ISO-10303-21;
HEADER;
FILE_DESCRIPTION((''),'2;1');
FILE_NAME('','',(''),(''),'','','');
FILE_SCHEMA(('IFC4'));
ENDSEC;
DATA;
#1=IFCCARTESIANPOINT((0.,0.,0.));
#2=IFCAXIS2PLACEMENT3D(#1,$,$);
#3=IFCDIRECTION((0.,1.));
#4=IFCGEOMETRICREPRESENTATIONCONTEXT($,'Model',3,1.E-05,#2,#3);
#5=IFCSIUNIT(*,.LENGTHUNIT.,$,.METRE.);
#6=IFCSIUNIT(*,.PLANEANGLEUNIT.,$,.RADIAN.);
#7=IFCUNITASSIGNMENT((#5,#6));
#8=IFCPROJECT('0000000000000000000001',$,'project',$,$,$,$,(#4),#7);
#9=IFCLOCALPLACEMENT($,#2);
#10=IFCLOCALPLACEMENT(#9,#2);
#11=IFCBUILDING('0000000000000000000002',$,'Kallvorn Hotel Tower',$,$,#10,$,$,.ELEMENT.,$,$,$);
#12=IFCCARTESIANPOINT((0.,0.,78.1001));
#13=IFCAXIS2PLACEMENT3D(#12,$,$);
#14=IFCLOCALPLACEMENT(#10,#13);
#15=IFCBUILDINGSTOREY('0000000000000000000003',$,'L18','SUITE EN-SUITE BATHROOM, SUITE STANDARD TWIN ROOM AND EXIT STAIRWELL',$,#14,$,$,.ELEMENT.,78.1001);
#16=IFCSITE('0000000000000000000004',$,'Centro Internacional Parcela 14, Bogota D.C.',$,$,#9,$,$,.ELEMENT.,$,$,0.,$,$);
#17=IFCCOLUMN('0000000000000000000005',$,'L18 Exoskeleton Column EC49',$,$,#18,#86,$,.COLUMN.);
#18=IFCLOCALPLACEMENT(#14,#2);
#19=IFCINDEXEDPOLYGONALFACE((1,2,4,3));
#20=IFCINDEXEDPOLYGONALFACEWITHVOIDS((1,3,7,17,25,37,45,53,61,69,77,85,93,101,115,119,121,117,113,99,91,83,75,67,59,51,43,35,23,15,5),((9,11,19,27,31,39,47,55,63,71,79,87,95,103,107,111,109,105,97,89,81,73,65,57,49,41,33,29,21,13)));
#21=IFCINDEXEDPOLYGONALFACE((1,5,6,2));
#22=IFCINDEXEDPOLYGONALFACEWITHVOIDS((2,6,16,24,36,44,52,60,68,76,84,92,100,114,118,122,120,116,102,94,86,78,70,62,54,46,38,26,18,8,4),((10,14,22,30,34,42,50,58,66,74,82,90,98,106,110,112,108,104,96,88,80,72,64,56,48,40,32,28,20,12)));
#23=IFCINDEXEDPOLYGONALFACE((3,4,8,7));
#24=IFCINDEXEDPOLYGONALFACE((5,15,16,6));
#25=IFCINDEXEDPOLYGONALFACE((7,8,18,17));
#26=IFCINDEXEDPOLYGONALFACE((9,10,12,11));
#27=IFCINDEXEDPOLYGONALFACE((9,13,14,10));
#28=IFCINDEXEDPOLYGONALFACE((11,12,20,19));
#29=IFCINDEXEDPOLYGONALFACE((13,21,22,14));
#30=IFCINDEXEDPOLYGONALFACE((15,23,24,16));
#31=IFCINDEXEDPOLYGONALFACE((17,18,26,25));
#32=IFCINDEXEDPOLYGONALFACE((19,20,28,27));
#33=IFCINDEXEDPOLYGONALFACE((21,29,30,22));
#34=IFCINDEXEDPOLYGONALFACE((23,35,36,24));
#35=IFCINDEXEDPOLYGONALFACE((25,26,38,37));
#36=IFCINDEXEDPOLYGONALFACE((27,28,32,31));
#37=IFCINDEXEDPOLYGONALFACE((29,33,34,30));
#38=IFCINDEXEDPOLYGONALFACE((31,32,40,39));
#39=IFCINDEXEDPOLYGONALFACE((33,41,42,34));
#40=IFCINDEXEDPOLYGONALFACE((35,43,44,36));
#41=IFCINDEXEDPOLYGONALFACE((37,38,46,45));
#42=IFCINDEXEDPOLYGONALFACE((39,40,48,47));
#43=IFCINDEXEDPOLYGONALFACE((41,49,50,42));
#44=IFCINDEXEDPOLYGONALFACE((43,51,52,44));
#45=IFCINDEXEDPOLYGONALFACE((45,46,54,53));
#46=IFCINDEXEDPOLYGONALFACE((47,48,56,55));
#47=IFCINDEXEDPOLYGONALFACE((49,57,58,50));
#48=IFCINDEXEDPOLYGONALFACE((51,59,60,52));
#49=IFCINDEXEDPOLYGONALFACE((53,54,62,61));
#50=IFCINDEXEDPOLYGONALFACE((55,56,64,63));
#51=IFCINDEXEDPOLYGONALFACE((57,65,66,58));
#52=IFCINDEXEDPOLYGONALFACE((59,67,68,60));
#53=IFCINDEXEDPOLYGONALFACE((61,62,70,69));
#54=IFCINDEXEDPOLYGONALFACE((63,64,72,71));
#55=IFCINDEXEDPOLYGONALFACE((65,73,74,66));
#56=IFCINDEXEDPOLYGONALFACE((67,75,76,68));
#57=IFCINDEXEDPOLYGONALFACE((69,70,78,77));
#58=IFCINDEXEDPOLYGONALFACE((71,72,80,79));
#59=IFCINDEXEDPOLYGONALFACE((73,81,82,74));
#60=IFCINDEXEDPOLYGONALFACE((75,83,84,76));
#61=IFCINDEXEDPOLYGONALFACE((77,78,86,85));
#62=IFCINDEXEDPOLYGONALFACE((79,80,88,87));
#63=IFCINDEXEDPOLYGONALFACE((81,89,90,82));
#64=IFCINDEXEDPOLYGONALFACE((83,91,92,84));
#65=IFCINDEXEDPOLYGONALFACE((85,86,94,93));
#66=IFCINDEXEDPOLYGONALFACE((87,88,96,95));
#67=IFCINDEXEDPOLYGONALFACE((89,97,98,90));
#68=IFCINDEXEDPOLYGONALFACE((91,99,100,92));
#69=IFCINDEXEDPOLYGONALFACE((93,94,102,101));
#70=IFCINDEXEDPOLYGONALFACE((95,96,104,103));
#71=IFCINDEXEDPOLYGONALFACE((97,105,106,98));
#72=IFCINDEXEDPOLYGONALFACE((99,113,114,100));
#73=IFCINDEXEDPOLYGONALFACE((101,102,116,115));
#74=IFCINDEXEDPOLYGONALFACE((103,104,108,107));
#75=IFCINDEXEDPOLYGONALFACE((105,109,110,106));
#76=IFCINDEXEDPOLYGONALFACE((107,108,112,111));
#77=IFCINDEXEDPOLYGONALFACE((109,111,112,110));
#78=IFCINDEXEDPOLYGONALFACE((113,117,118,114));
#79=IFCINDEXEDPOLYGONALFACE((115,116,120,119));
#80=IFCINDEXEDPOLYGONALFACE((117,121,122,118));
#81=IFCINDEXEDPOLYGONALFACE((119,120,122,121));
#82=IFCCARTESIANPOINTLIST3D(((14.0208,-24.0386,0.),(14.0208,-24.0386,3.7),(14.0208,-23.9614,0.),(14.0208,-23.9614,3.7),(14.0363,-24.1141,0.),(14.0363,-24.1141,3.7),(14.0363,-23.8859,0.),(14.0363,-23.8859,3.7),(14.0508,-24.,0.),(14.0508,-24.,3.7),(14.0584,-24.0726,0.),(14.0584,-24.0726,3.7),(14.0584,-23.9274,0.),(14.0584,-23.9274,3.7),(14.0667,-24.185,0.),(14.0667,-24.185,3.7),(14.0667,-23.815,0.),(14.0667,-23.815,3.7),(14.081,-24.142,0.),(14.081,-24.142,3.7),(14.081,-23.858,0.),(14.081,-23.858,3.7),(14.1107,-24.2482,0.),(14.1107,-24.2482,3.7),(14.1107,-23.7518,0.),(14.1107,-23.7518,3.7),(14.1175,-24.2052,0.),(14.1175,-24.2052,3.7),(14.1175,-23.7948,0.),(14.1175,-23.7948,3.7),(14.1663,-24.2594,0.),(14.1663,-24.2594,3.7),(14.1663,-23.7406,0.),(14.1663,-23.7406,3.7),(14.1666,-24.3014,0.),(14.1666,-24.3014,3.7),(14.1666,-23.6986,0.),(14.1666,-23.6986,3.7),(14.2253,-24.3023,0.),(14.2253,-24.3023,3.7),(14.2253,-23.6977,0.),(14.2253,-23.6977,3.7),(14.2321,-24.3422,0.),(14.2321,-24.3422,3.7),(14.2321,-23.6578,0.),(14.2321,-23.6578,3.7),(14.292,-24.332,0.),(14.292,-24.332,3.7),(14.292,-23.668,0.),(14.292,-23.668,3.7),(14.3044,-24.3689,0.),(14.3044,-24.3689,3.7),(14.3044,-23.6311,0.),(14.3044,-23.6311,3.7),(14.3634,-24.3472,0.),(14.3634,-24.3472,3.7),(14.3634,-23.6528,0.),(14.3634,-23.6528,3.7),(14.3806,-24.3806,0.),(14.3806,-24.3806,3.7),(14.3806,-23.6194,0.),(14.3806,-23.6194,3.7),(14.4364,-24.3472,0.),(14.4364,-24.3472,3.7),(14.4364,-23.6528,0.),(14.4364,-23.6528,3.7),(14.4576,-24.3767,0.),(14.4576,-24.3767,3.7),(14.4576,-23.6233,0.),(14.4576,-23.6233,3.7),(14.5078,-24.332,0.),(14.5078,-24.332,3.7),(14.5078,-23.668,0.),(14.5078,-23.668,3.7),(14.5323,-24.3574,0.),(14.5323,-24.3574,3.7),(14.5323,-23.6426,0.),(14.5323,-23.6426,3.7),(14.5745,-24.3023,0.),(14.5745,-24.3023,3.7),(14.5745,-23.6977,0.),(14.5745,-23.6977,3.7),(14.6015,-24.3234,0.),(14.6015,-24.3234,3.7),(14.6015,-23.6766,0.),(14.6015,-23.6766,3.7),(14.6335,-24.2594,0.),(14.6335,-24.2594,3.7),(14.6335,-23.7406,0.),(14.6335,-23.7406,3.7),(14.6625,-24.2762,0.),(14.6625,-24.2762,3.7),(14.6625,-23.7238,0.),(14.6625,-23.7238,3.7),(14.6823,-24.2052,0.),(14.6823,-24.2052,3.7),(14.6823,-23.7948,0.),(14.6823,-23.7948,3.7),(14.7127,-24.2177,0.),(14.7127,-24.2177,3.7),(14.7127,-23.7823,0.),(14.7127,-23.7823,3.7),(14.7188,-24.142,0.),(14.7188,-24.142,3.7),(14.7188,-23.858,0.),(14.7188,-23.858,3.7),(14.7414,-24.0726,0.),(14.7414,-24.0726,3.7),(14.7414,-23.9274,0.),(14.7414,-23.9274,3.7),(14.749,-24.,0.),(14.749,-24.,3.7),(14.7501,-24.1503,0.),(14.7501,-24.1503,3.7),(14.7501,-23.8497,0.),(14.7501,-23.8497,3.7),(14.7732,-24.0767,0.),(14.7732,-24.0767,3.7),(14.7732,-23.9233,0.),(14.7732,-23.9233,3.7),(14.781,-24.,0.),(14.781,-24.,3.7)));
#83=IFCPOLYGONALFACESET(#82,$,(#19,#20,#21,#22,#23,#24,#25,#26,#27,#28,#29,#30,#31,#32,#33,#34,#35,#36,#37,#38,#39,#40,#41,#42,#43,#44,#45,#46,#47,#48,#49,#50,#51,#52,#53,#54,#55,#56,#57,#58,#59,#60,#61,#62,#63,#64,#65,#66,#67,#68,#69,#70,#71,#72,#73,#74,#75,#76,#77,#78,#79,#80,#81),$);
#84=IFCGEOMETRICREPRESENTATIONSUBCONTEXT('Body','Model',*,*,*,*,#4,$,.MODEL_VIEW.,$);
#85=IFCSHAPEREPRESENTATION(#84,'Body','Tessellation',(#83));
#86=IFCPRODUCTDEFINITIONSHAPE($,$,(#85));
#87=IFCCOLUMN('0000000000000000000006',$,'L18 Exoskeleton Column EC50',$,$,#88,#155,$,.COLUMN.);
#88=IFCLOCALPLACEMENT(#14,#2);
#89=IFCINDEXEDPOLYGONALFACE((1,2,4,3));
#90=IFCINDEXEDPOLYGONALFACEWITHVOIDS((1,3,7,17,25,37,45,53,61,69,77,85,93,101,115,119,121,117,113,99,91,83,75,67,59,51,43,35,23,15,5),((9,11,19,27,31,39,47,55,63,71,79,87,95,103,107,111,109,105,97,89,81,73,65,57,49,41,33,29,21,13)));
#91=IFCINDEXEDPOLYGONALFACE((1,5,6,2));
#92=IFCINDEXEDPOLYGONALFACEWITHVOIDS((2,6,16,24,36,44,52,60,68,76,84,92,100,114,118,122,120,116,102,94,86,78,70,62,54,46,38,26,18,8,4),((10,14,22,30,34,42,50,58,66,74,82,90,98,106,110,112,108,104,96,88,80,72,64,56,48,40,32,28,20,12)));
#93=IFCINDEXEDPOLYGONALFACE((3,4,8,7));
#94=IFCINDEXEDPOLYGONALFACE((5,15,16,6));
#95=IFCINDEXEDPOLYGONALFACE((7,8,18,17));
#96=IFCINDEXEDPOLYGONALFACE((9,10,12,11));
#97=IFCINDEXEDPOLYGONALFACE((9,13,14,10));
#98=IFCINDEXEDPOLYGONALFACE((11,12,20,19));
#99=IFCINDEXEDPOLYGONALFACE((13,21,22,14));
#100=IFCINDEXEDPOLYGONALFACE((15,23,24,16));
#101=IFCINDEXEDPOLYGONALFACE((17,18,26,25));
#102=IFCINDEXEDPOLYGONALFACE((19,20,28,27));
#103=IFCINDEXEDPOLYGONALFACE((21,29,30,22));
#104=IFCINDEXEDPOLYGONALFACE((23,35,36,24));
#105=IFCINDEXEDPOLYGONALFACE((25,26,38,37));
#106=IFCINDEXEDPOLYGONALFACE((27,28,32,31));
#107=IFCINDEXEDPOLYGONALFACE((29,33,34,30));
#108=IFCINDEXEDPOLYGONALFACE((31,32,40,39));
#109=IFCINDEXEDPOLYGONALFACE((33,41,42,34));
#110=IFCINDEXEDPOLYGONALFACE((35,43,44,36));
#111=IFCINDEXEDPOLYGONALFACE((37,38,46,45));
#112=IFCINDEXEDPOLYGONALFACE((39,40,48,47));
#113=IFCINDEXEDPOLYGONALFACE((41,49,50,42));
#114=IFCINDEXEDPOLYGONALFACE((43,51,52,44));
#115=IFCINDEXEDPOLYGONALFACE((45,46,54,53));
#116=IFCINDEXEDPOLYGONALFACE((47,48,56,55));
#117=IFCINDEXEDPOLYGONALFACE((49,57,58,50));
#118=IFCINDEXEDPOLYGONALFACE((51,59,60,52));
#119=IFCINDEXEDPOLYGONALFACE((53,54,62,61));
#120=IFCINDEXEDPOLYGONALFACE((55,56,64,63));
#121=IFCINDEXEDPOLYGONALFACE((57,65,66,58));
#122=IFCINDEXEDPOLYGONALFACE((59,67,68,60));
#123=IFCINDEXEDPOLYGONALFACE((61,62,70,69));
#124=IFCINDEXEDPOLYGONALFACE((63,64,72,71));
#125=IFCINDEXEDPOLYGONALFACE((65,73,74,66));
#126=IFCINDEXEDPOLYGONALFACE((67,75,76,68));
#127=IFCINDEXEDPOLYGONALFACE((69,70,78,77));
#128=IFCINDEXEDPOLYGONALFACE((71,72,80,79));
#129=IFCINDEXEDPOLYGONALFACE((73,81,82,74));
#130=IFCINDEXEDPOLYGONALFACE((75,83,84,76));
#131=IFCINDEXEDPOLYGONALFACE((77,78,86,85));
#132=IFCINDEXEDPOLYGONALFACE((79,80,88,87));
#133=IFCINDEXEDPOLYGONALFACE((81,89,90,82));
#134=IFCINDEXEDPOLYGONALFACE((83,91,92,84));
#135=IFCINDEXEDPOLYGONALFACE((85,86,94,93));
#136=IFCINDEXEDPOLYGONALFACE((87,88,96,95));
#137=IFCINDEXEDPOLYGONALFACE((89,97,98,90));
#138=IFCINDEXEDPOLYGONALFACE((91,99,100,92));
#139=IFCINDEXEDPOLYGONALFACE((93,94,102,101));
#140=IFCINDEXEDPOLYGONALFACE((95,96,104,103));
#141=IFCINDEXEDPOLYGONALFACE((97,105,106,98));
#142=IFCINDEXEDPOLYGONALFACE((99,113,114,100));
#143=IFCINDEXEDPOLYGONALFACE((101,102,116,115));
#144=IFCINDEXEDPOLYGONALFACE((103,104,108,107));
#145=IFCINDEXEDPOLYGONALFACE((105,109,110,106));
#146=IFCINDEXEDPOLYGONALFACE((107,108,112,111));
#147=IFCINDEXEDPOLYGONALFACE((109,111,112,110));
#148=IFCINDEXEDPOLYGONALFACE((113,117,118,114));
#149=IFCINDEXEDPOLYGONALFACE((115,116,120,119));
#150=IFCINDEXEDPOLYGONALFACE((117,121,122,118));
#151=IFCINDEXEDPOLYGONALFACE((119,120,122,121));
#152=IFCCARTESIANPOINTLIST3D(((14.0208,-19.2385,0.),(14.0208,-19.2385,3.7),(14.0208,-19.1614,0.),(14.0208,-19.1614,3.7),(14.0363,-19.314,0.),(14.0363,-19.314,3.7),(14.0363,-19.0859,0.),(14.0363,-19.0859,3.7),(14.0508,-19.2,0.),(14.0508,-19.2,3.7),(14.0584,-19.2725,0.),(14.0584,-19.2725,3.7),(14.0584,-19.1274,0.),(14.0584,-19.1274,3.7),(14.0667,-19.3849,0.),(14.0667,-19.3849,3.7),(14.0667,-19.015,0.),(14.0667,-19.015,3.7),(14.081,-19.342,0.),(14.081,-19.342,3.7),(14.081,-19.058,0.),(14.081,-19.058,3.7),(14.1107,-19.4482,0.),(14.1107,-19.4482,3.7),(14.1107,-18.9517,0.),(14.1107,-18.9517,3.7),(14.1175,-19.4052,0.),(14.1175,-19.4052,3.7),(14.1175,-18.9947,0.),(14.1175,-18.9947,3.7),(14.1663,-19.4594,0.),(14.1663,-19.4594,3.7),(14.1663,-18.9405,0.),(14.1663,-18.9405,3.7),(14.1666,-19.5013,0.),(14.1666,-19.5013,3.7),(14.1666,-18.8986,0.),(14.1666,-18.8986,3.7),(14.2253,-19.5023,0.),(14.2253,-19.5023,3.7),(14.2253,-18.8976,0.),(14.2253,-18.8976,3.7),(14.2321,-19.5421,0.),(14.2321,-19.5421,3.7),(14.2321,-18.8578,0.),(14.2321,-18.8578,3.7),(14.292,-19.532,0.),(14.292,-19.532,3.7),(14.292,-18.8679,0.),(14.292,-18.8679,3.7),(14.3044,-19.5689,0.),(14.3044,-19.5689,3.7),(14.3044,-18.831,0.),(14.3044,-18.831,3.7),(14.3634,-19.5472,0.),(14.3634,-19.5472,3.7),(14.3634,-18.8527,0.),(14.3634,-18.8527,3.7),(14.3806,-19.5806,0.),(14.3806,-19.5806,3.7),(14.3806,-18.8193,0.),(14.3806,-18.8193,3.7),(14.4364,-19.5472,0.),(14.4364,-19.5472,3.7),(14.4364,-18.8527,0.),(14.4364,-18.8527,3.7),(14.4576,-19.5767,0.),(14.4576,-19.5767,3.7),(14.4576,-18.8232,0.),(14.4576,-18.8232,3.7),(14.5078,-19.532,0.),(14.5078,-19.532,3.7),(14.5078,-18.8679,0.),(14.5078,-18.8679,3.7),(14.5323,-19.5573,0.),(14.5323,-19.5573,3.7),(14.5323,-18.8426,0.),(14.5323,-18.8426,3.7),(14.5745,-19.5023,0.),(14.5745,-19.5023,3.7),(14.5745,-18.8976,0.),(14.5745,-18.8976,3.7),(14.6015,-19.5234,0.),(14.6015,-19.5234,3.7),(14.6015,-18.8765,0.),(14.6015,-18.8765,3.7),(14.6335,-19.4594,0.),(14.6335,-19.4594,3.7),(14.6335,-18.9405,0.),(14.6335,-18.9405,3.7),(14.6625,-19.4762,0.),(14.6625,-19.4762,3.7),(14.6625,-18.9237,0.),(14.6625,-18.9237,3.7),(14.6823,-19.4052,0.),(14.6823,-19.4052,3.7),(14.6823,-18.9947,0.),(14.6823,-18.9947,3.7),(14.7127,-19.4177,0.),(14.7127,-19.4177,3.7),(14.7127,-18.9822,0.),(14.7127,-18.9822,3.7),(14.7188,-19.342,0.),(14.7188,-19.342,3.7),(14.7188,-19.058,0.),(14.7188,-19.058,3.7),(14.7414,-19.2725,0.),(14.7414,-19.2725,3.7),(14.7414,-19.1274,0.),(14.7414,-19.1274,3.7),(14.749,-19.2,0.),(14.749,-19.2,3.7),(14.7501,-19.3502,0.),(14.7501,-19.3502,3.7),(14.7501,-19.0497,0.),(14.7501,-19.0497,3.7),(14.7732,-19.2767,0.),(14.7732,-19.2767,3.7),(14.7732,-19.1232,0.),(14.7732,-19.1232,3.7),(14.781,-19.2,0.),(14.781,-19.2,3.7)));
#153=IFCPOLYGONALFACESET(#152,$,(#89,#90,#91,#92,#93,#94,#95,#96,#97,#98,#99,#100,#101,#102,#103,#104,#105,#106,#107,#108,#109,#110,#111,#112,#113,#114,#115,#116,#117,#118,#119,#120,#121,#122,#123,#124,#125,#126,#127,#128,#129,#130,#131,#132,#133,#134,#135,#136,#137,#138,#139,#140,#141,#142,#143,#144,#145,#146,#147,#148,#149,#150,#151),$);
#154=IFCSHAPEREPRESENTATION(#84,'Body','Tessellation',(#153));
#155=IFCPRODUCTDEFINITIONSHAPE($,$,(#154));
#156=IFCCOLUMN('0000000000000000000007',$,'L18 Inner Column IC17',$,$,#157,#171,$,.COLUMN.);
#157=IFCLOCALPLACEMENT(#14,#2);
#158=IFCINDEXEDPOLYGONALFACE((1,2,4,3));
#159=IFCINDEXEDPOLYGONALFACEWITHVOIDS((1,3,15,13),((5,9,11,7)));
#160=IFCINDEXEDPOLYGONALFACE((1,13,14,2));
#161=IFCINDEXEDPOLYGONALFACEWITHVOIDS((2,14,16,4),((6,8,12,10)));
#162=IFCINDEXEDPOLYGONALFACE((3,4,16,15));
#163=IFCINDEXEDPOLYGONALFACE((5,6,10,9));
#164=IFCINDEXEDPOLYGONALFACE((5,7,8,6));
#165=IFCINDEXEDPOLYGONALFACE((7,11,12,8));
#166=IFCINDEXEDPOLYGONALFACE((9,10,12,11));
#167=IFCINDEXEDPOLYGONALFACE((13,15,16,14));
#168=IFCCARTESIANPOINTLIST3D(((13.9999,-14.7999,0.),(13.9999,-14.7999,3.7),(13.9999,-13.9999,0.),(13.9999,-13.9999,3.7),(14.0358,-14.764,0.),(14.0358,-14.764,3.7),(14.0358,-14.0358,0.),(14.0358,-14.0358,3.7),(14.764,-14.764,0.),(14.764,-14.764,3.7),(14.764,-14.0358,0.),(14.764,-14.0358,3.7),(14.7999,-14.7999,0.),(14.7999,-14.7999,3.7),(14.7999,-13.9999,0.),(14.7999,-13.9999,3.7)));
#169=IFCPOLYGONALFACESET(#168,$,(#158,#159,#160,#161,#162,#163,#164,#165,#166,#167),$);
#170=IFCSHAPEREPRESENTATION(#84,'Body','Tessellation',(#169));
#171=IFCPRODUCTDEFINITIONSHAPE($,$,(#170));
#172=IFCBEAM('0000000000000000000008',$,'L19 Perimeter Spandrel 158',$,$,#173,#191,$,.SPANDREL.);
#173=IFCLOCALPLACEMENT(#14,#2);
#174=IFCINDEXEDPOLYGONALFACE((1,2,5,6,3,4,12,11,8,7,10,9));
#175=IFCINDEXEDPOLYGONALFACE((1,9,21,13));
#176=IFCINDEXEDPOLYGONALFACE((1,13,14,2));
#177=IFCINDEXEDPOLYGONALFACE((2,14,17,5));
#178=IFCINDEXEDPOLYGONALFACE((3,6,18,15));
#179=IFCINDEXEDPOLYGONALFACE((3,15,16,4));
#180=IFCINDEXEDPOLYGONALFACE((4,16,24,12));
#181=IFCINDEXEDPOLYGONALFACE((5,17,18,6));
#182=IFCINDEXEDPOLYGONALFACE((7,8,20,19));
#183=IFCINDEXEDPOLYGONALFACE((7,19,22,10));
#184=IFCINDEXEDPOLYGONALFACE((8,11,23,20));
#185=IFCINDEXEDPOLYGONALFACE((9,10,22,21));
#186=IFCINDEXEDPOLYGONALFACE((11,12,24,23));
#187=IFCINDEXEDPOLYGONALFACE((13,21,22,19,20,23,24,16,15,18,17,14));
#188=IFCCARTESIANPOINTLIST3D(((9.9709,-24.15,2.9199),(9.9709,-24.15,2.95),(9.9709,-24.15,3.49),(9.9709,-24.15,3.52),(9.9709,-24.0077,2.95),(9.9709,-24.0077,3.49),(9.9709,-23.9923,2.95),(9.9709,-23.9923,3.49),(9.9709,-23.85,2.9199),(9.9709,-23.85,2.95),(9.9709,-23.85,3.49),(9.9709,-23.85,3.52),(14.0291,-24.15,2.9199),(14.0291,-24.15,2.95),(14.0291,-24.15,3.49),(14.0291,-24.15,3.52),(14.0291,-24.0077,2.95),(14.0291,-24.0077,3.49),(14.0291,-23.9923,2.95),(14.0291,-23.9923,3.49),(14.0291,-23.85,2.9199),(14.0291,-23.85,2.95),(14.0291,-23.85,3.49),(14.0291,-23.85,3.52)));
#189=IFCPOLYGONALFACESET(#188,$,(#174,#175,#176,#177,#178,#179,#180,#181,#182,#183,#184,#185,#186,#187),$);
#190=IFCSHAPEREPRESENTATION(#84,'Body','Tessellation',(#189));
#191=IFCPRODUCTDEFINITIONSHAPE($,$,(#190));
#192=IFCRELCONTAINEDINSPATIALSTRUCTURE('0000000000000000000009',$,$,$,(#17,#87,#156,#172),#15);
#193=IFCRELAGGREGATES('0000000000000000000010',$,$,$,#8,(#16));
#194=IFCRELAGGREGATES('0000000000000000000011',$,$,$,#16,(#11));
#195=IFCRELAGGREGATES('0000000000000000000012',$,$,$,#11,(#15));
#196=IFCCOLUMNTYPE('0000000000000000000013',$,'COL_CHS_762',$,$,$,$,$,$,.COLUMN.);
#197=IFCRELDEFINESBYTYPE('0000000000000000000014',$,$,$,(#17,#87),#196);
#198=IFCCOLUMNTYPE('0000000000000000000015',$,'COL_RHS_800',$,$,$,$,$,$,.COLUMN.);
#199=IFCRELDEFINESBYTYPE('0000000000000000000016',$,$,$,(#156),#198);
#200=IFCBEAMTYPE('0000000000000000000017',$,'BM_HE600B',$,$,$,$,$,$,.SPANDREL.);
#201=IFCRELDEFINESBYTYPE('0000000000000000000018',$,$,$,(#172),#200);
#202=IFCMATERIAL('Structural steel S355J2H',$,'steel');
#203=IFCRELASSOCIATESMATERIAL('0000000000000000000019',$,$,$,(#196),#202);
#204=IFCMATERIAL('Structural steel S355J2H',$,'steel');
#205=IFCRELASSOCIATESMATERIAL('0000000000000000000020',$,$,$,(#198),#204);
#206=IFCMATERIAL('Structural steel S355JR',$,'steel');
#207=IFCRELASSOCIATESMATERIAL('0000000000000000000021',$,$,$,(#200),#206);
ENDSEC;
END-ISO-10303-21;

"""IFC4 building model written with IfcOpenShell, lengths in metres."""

from ifc_helpers import new_model, si_unit, direction, frame, origin, origin_2d, place, context, subcontext, project, spatial, hollow_rectangle, hollow_circle, i_section, extrude, material, material_profile, profile_set, type_object, element, save


model = new_model("IFC4")

# Units and contexts
model_context = context("Model", 3, precision=1e-05, world=origin(), true_north=direction((0.0, 1.0)))
body_context = subcontext(model_context, "Body", "Model", "MODEL_VIEW")
ifc_project = project(units=[si_unit("LENGTHUNIT", "METRE"), si_unit("PLANEANGLEUNIT", "RADIAN")], contexts=[model_context])

# Site, building, storey
site_placement = place(None, origin())
site = spatial("IfcSite", under=ifc_project, at=site_placement, Name="Centro Internacional Parcela 14, Bogota D.C.", CompositionType="ELEMENT", RefElevation=0.0)
building_placement = place(site_placement, origin())
building = spatial("IfcBuilding", under=site, at=building_placement, Name="Kallvorn Hotel Tower", CompositionType="ELEMENT")
storey_placement = place(building_placement, frame((0.0, 0.0, 78.1001)))
storey = spatial("IfcBuildingStorey", under=building, at=storey_placement, Name="L18", Description="SUITE EN-SUITE BATHROOM, SUITE STANDARD TWIN ROOM AND EXIT STAIRWELL", CompositionType="ELEMENT", Elevation=78.1001)

# Columns
ifc_material_1 = material(Name="Structural steel S355J2H", Category="steel")
ifc_material_profile_1 = material_profile(ifc_material_1, hollow_circle(Radius=0.3811, WallThickness=0.032, at=origin_2d()), Name="CHS 762x32")
ifc_profile_set_1 = profile_set([ifc_material_profile_1], Name="Structural steel S355J2H")
column_type_1 = type_object("IfcColumnType", Name="COL_CHS_762", PredefinedType="COLUMN", material=ifc_profile_set_1)
for number, where, z_axis, x_axis, name in (
    (1, (14.3999, -24.0, 0.0), (0.0, 0.0, 1.0), (1.0, 0.0, 0.0), "L18 Exoskeleton Column EC49"),
    (2, (14.3999, -19.2, 0.0), (0.0, 0.0, 1.0), (1.0, 0.0, 0.0), "L18 Exoskeleton Column EC50"),
):
    element("IfcColumn", number, at=place(storey_placement, frame(where, z_axis=z_axis, x_axis=x_axis)), inside=storey, type_object=column_type_1, Name=name, PredefinedType="COLUMN", context=body_context, shape_type="SweptSolid", body=[
        extrude(hollow_circle(Radius=0.3811, WallThickness=0.032, at=origin_2d()), origin(), (0.0, 0.0, 1.0), 3.7),
    ])
ifc_material_2 = material(Name="Structural steel S355J2H", Category="steel")
ifc_material_profile_2 = material_profile(ifc_material_2, hollow_rectangle(XDim=0.8, YDim=0.8, WallThickness=0.0359, at=origin_2d()), Name="RHS 800x800x36")
ifc_profile_set_2 = profile_set([ifc_material_profile_2], Name="Structural steel S355J2H")
column_type_2 = type_object("IfcColumnType", Name="COL_RHS_800", PredefinedType="COLUMN", material=ifc_profile_set_2)
column_placement = place(storey_placement, frame((14.3999, -14.3999, 0.0), z_axis=(0.0, 0.0, 1.0), x_axis=(1.0, 0.0, 0.0)))
element("IfcColumn", 3, at=column_placement, inside=storey, type_object=column_type_2, Name="L18 Inner Column IC17", PredefinedType="COLUMN", context=body_context, shape_type="SweptSolid", body=[
    extrude(hollow_rectangle(XDim=0.8, YDim=0.8, WallThickness=0.0359, at=origin_2d()), origin(), (0.0, 0.0, 1.0), 3.7),
])

# Beam
ifc_material_3 = material(Name="Structural steel S355JR", Category="steel")
ifc_material_profile_3 = material_profile(ifc_material_3, i_section(OverallWidth=0.3, OverallDepth=0.6001, WebThickness=0.0154, FlangeThickness=0.03, at=origin_2d()), Name="HE 600 B")
ifc_profile_set_3 = profile_set([ifc_material_profile_3], Name="Structural steel S355JR")
beam_type_1 = type_object("IfcBeamType", Name="BM_HE600B", PredefinedType="SPANDREL", material=ifc_profile_set_3)
for number, where, z_axis, x_axis, name in (
    (4, (9.9709, -24.0, 3.22), (1.0, 0.0, 0.0), (0.0, 1.0, 0.0), "L19 Perimeter Spandrel 158"),
):
    element("IfcBeam", number, at=place(storey_placement, frame(where, z_axis=z_axis, x_axis=x_axis)), inside=storey, type_object=beam_type_1, Name=name, PredefinedType="SPANDREL", context=body_context, shape_type="SweptSolid", body=[
        extrude(i_section(OverallWidth=0.3, OverallDepth=0.6001, WebThickness=0.0154, FlangeThickness=0.03, at=origin_2d()), origin(), (0.0, 0.0, 1.0), 4.0581),
    ])

save(model, "model.ifc")
